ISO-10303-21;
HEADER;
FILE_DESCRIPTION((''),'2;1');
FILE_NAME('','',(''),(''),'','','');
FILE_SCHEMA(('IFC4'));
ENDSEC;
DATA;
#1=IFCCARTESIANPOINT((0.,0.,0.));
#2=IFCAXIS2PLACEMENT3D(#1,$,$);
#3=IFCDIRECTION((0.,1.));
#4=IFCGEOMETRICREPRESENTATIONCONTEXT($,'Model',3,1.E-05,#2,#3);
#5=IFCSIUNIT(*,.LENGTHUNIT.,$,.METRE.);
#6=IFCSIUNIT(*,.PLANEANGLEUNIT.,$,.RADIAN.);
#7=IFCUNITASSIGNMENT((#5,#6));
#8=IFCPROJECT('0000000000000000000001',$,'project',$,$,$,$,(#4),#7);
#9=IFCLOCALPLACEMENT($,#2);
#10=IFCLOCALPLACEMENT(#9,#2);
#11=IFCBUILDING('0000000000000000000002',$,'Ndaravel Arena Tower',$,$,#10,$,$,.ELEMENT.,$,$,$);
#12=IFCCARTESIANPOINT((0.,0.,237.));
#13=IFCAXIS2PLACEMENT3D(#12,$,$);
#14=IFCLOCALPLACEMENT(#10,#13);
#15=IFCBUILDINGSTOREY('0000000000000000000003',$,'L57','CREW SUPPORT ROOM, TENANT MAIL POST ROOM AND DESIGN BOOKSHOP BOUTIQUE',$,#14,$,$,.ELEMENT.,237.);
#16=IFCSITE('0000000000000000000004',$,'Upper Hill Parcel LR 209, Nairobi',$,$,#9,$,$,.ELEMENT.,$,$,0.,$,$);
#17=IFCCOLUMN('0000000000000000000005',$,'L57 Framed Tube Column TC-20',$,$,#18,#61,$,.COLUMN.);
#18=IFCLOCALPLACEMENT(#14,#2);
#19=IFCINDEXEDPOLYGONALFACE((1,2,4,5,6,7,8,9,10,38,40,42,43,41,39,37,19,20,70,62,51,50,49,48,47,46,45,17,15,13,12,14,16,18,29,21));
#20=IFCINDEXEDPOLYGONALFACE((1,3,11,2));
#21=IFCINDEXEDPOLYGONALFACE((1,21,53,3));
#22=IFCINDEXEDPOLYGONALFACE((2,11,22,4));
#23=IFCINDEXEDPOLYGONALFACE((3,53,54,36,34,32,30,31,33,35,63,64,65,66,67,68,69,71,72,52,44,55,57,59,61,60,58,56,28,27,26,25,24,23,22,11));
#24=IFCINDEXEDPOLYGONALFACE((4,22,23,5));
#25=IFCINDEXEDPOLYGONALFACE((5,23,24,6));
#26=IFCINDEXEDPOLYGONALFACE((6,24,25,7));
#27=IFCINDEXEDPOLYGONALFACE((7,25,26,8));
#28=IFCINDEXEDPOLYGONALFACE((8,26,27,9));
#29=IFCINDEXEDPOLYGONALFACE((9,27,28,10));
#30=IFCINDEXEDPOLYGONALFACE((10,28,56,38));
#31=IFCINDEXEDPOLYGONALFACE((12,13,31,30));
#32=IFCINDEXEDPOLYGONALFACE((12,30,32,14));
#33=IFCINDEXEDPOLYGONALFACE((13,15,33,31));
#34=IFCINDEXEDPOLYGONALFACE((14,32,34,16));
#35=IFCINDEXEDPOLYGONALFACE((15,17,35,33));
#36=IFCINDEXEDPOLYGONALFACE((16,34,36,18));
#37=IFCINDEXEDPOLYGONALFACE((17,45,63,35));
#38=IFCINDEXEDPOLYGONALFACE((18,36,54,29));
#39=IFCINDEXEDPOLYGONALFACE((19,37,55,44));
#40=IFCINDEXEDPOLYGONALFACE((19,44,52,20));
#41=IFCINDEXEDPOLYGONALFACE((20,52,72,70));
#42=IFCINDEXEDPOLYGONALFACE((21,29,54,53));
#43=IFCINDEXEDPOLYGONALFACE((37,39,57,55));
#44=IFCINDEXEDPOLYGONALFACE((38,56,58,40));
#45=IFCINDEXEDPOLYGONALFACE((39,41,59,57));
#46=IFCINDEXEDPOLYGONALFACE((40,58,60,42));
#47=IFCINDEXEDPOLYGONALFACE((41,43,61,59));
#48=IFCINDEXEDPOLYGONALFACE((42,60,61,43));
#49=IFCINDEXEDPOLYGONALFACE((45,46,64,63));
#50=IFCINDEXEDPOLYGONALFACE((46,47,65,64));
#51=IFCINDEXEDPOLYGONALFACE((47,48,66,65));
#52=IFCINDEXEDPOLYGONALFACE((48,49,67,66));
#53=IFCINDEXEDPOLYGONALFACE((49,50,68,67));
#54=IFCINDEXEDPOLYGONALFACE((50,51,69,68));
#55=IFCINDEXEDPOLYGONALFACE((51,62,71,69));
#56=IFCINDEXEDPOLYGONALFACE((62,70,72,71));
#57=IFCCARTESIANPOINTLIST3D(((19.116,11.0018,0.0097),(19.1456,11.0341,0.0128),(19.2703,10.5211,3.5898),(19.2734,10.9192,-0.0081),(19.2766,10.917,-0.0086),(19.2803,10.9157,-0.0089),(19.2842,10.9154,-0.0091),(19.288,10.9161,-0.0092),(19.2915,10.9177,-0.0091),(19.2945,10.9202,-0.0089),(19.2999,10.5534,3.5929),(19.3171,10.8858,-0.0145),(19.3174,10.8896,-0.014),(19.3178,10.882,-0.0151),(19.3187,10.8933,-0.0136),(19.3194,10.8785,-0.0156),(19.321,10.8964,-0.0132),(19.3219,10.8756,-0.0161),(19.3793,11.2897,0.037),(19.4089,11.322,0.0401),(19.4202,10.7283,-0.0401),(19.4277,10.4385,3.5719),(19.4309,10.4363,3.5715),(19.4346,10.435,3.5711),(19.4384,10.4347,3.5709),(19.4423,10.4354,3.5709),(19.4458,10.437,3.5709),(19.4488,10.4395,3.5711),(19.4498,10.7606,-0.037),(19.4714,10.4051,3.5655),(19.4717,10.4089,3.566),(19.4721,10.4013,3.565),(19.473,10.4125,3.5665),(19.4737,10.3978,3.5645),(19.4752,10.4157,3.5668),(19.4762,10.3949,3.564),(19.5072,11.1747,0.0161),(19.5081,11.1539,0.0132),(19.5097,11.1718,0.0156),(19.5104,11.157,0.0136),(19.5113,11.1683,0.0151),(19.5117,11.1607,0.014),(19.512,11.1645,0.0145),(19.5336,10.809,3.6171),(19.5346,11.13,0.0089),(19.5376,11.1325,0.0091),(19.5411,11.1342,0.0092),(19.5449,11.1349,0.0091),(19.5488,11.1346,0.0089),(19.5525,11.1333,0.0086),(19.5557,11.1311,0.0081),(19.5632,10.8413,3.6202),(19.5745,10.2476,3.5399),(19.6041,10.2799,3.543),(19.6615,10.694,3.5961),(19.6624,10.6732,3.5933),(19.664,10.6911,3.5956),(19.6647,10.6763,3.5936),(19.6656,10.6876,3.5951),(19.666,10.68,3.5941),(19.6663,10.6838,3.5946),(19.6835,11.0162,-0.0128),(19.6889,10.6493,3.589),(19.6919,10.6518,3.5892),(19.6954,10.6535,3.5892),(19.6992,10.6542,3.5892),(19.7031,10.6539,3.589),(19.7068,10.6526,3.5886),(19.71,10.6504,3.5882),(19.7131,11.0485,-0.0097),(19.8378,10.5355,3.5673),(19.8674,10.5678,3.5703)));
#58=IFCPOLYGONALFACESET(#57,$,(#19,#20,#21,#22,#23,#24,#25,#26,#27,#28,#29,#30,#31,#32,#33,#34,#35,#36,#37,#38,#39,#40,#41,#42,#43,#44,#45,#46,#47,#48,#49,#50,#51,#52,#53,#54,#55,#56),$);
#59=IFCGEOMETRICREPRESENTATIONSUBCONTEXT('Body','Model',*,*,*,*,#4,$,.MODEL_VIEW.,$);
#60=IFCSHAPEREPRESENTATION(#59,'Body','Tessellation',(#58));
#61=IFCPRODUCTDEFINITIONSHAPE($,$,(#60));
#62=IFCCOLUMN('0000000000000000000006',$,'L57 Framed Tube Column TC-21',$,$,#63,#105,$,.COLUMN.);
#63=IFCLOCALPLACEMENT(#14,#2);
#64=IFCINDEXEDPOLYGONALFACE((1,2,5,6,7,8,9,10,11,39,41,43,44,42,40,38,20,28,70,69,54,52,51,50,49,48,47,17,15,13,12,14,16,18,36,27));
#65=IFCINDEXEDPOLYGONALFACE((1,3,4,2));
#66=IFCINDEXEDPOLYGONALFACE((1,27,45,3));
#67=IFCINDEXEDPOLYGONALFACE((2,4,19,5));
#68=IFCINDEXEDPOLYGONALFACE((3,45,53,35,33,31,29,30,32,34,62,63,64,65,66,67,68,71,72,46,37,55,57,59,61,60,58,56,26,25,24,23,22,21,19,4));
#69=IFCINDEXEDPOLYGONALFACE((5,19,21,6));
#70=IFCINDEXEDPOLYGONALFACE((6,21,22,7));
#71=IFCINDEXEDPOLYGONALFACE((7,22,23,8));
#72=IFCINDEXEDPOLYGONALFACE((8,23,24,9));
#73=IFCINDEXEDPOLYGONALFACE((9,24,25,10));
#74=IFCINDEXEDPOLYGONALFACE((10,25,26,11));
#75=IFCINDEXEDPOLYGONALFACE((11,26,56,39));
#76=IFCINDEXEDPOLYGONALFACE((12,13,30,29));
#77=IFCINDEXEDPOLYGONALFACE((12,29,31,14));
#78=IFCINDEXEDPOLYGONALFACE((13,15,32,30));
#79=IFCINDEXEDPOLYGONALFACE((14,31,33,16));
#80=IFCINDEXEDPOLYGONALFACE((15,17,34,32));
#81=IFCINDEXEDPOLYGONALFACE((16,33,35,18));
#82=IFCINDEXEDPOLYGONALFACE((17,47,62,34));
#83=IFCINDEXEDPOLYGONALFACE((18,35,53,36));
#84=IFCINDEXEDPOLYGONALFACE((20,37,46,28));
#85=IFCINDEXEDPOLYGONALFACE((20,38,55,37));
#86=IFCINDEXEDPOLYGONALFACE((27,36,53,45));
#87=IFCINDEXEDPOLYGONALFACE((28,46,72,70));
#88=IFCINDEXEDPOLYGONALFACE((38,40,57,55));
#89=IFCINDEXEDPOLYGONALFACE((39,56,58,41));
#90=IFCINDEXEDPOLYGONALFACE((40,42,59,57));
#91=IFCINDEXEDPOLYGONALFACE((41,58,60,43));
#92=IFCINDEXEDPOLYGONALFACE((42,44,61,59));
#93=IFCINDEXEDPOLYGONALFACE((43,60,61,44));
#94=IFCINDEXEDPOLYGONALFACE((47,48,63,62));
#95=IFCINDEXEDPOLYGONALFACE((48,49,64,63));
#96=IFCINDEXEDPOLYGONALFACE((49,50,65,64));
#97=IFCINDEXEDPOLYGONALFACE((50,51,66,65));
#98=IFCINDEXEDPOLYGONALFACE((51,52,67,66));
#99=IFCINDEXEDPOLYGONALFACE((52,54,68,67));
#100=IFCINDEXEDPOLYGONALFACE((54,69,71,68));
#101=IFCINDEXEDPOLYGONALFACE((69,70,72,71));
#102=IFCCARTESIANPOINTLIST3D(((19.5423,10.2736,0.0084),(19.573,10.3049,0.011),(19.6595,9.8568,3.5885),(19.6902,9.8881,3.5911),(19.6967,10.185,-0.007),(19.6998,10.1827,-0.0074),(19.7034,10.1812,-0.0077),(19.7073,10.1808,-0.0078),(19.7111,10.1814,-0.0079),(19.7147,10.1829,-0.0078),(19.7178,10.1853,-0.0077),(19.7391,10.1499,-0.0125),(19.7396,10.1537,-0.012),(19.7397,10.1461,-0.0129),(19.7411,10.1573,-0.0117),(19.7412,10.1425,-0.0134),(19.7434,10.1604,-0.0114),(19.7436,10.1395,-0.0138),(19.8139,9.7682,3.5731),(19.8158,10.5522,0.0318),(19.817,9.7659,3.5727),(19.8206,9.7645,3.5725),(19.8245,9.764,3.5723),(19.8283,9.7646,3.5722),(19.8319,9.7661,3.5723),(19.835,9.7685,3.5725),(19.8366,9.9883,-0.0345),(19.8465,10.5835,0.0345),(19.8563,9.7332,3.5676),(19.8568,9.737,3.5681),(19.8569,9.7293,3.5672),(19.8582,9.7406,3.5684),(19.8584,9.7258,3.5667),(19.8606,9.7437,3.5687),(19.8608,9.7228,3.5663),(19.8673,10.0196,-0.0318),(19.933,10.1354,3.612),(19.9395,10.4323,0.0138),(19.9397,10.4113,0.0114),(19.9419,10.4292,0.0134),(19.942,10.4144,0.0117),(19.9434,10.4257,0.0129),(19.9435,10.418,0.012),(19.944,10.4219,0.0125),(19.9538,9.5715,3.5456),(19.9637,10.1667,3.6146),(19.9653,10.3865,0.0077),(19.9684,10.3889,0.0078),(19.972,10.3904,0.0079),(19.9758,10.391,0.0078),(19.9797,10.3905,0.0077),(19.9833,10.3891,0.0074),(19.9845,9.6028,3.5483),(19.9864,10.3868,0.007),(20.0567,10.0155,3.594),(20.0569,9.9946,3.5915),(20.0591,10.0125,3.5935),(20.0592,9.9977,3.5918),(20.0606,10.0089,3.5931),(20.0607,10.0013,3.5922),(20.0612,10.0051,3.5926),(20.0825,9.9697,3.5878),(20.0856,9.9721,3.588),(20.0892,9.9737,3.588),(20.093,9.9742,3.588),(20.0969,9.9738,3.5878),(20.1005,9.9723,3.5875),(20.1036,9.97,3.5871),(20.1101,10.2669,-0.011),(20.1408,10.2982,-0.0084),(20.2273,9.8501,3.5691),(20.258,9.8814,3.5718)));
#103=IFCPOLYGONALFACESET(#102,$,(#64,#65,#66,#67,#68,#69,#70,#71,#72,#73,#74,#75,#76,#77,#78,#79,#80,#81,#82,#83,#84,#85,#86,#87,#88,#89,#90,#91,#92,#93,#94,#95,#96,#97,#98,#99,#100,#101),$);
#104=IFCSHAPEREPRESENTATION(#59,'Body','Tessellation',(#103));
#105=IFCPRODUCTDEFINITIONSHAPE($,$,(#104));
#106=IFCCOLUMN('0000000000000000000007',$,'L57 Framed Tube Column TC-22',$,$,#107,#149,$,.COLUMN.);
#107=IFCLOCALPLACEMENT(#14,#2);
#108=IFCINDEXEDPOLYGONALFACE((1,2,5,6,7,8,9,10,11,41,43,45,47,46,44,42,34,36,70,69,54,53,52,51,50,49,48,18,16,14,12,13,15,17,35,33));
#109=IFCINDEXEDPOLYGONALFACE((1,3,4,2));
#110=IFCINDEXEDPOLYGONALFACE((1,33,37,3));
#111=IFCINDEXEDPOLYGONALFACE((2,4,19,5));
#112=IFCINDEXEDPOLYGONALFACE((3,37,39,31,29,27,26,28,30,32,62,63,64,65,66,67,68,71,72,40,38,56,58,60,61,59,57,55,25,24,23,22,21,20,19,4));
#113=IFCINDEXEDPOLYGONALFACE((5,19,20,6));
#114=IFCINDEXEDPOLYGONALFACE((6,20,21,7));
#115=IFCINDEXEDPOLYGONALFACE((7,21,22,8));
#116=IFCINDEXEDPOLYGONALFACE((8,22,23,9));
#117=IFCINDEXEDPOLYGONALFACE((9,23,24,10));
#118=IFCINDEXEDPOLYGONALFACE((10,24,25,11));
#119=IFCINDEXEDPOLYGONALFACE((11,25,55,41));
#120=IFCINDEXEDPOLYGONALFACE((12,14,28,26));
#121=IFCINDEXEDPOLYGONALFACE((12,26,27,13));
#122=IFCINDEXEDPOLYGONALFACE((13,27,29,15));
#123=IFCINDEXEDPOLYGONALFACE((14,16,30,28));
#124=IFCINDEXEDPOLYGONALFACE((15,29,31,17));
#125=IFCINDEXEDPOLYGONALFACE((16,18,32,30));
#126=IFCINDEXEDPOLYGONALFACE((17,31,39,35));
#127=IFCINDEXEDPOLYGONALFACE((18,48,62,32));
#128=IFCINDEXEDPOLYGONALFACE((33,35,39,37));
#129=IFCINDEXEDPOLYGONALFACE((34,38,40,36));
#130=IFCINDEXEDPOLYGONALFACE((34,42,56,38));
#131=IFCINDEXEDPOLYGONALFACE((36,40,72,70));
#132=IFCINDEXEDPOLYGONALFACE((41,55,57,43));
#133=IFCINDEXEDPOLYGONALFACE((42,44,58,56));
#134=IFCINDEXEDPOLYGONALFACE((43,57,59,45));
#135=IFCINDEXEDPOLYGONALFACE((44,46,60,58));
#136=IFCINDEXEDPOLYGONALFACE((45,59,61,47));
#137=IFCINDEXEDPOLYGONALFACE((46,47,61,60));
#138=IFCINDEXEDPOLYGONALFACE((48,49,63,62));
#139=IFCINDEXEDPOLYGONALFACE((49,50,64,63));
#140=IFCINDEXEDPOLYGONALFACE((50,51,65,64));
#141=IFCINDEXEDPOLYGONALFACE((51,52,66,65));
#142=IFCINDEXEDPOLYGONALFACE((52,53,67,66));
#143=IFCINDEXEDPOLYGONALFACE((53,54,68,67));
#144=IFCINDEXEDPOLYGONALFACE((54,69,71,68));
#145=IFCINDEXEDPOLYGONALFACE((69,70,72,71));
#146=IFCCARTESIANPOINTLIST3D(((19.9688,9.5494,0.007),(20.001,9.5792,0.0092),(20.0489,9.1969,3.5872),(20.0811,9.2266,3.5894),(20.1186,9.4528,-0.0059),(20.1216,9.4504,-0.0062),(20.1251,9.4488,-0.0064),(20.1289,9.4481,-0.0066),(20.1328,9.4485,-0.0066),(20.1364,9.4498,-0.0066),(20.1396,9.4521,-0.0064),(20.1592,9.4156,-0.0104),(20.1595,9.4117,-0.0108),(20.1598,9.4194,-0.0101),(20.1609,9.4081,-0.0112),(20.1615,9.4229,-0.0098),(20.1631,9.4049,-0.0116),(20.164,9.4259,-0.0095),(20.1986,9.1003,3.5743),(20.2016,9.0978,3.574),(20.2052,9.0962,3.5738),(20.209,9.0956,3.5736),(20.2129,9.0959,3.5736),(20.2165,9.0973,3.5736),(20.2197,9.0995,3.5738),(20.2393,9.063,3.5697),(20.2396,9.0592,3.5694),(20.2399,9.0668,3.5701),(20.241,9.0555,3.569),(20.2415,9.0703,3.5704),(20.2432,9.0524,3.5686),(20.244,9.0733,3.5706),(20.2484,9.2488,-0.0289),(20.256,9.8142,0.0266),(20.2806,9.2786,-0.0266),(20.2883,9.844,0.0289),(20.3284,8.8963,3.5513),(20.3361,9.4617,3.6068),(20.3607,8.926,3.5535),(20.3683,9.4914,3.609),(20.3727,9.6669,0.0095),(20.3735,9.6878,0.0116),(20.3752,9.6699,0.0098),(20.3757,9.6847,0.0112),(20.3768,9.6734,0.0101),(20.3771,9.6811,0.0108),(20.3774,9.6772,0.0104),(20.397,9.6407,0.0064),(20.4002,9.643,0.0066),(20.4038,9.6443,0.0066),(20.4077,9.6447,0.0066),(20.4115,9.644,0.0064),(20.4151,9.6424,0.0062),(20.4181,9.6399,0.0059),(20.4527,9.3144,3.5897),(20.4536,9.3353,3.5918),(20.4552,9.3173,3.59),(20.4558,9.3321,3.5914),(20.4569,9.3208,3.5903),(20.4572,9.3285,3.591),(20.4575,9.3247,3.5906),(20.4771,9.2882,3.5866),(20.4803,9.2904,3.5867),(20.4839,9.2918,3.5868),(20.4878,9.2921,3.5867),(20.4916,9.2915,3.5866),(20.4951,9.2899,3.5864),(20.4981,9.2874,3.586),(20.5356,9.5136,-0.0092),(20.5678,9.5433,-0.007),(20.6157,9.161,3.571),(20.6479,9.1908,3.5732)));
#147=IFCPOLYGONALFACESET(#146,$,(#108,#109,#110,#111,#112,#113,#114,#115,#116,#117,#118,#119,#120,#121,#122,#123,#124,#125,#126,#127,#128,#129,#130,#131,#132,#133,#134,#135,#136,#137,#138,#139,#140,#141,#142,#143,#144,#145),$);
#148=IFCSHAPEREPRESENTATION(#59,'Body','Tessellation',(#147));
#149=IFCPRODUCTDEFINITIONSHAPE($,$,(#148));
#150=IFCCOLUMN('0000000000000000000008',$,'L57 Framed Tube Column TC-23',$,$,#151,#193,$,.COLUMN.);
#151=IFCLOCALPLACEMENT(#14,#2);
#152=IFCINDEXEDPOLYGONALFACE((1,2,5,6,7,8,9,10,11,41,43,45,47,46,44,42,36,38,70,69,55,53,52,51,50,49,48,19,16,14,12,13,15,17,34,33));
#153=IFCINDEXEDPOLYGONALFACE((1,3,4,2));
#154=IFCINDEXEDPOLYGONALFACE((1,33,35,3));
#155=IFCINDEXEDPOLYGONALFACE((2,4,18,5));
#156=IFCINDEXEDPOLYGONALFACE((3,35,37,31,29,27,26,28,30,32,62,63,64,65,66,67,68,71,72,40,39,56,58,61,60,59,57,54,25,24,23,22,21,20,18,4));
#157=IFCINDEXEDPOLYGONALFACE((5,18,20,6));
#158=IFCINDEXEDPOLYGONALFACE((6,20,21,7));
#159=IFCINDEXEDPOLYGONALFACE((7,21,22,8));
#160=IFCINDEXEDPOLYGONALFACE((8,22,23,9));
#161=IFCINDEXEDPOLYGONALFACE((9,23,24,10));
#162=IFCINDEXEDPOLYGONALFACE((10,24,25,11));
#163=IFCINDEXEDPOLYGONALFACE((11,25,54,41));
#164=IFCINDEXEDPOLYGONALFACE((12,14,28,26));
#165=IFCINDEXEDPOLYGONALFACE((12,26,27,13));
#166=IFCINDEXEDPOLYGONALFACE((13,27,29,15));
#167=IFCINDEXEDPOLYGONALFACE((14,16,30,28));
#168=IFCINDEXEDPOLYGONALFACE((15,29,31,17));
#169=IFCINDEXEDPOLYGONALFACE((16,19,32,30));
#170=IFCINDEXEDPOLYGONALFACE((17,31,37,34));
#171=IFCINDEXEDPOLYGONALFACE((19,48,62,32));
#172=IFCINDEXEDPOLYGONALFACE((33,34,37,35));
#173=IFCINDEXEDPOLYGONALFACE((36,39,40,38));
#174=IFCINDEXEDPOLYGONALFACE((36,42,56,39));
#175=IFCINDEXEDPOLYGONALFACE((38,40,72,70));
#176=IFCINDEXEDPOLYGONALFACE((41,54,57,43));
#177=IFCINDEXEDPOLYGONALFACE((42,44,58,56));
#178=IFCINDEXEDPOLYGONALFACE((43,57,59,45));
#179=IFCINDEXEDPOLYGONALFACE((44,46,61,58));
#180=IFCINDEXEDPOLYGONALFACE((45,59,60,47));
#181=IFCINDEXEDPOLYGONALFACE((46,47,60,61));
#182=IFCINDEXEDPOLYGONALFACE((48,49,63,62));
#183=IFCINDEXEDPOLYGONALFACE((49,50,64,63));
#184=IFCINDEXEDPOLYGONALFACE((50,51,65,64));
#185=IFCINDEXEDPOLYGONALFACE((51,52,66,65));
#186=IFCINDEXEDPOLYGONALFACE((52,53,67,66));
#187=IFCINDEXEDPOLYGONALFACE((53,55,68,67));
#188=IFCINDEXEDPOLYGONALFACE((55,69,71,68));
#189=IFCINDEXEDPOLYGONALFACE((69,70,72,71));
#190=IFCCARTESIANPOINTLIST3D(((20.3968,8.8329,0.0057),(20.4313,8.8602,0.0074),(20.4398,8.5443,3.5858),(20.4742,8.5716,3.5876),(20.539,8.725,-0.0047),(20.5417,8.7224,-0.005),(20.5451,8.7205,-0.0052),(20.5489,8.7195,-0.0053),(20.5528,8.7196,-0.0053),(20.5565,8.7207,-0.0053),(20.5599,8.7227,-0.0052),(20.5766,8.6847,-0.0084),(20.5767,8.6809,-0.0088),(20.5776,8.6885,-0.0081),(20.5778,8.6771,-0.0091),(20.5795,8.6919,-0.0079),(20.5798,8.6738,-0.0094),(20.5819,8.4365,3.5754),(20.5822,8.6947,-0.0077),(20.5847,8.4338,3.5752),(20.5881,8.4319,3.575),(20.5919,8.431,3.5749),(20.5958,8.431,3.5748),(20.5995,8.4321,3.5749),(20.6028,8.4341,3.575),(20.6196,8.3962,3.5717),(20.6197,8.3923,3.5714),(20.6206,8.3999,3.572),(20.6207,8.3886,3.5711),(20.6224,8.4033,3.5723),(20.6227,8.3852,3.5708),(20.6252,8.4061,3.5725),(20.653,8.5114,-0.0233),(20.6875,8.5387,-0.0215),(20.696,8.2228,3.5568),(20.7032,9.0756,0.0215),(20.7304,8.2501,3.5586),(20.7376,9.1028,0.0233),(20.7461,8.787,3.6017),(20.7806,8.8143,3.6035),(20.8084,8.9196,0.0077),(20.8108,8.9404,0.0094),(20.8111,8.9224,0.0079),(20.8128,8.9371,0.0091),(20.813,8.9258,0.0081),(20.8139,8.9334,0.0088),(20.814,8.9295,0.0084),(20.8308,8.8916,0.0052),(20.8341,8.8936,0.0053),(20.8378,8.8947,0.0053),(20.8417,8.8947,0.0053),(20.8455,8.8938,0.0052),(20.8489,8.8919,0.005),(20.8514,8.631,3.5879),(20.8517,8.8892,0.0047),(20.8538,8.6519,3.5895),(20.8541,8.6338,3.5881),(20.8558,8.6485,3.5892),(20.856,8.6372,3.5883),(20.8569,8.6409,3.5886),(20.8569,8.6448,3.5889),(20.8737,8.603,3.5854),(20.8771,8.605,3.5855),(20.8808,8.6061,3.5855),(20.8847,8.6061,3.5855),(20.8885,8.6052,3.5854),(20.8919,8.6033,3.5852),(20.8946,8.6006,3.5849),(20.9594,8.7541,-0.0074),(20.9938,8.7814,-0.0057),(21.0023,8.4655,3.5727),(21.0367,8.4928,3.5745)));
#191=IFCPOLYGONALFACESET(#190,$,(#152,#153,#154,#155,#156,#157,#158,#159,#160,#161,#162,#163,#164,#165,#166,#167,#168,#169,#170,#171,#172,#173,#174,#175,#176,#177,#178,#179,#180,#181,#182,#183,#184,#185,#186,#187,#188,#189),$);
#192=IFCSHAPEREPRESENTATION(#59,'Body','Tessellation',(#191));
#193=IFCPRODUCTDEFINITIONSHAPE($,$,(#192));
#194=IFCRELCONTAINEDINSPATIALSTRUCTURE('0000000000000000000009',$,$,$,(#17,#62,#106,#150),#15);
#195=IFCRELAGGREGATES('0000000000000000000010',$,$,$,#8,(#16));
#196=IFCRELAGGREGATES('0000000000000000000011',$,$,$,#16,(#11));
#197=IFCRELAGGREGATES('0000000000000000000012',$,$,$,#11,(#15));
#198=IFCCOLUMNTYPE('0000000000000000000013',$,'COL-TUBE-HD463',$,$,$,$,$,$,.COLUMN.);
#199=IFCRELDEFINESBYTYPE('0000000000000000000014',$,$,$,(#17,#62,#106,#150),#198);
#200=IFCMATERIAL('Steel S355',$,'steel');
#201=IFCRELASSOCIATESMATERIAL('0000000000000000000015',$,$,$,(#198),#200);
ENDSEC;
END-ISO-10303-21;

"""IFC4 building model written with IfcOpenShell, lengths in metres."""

from ifc_helpers import new_model, si_unit, direction, frame, origin, origin_2d, place, context, subcontext, project, spatial, i_section, extrude, material, material_profile, profile_set, type_object, element, save


model = new_model("IFC4")

# Units and contexts
model_context = context("Model", 3, precision=1e-05, world=origin(), true_north=direction((0.0, 1.0)))
body_context = subcontext(model_context, "Body", "Model", "MODEL_VIEW")
ifc_project = project(units=[si_unit("LENGTHUNIT", "METRE"), si_unit("PLANEANGLEUNIT", "RADIAN")], contexts=[model_context])

# Site, building, storey
site_placement = place(None, origin())
site = spatial("IfcSite", under=ifc_project, at=site_placement, Name="Upper Hill Parcel LR 209, Nairobi", CompositionType="ELEMENT", RefElevation=0.0)
building_placement = place(site_placement, origin())
building = spatial("IfcBuilding", under=site, at=building_placement, Name="Ndaravel Arena Tower", CompositionType="ELEMENT")
storey_placement = place(building_placement, frame((0.0, 0.0, 237.0)))
storey = spatial("IfcBuildingStorey", under=building, at=storey_placement, Name="L57", Description="CREW SUPPORT ROOM, TENANT MAIL POST ROOM AND DESIGN BOOKSHOP BOUTIQUE", CompositionType="ELEMENT", Elevation=237.0)

# Columns
ifc_material_1 = material(Name="Steel S355", Category="steel")
ifc_material_profile_1 = material_profile(ifc_material_1, i_section(OverallWidth=0.4121, OverallDepth=0.4351, WebThickness=0.0359, FlangeThickness=0.0439, FilletRadius=0.0149, at=origin_2d()), Name="HD 400x463")
ifc_profile_set_1 = profile_set([ifc_material_profile_1], Name="Steel S355")
column_type = type_object("IfcColumnType", Name="COL-TUBE-HD463", PredefinedType="COLUMN", material=ifc_profile_set_1)
column_1_placement = place(storey_placement, frame((19.4146, 11.0251, 0.0), z_axis=(0.042676, -0.132959, 0.990202), x_axis=(-0.738157, 0.663702, 0.120932)))
element("IfcColumn", 1, at=column_1_placement, inside=storey, type_object=column_type, Name="L57 Framed Tube Column TC-20", PredefinedType="COLUMN", context=body_context, shape_type="SweptSolid", body=[
    extrude(i_section(OverallWidth=0.4121, OverallDepth=0.4351, WebThickness=0.0359, FlangeThickness=0.0439, FilletRadius=0.0149, at=origin_2d()), origin(), (0.0, 0.0, 1.0), 3.6155),
])
column_2_placement = place(storey_placement, frame((19.8416, 10.2859, 0.0), z_axis=(0.032497, -0.115566, 0.992768), x_axis=(-0.714067, 0.692315, 0.103964)))
element("IfcColumn", 2, at=column_2_placement, inside=storey, type_object=column_type, Name="L57 Framed Tube Column TC-21", PredefinedType="COLUMN", context=body_context, shape_type="SweptSolid", body=[
    extrude(i_section(OverallWidth=0.4121, OverallDepth=0.4351, WebThickness=0.0359, FlangeThickness=0.0439, FilletRadius=0.0149, at=origin_2d()), origin(), (0.0, 0.0, 1.0), 3.6062),
])
column_3_placement = place(storey_placement, frame((20.2683, 9.5464, 0.0), z_axis=(0.022255, -0.097974, 0.99494), x_axis=(-0.678437, 0.729487, 0.08701)))
element("IfcColumn", 3, at=column_3_placement, inside=storey, type_object=column_type, Name="L57 Framed Tube Column TC-22", PredefinedType="COLUMN", context=body_context, shape_type="SweptSolid", body=[
    extrude(i_section(OverallWidth=0.4121, OverallDepth=0.4351, WebThickness=0.0359, FlangeThickness=0.0439, FilletRadius=0.0149, at=origin_2d()), origin(), (0.0, 0.0, 1.0), 3.5984),
])
column_4_placement = place(storey_placement, frame((20.6953, 8.8071, 0.0), z_axis=(0.011963, -0.080339, 0.996696), x_axis=(-0.621671, 0.780113, 0.070343)))
element("IfcColumn", 4, at=column_4_placement, inside=storey, type_object=column_type, Name="L57 Framed Tube Column TC-23", PredefinedType="COLUMN", context=body_context, shape_type="SweptSolid", body=[
    extrude(i_section(OverallWidth=0.4121, OverallDepth=0.4351, WebThickness=0.0359, FlangeThickness=0.0439, FilletRadius=0.0149, at=origin_2d()), origin(), (0.0, 0.0, 1.0), 3.592),
])

save(model, "model.ifc")
